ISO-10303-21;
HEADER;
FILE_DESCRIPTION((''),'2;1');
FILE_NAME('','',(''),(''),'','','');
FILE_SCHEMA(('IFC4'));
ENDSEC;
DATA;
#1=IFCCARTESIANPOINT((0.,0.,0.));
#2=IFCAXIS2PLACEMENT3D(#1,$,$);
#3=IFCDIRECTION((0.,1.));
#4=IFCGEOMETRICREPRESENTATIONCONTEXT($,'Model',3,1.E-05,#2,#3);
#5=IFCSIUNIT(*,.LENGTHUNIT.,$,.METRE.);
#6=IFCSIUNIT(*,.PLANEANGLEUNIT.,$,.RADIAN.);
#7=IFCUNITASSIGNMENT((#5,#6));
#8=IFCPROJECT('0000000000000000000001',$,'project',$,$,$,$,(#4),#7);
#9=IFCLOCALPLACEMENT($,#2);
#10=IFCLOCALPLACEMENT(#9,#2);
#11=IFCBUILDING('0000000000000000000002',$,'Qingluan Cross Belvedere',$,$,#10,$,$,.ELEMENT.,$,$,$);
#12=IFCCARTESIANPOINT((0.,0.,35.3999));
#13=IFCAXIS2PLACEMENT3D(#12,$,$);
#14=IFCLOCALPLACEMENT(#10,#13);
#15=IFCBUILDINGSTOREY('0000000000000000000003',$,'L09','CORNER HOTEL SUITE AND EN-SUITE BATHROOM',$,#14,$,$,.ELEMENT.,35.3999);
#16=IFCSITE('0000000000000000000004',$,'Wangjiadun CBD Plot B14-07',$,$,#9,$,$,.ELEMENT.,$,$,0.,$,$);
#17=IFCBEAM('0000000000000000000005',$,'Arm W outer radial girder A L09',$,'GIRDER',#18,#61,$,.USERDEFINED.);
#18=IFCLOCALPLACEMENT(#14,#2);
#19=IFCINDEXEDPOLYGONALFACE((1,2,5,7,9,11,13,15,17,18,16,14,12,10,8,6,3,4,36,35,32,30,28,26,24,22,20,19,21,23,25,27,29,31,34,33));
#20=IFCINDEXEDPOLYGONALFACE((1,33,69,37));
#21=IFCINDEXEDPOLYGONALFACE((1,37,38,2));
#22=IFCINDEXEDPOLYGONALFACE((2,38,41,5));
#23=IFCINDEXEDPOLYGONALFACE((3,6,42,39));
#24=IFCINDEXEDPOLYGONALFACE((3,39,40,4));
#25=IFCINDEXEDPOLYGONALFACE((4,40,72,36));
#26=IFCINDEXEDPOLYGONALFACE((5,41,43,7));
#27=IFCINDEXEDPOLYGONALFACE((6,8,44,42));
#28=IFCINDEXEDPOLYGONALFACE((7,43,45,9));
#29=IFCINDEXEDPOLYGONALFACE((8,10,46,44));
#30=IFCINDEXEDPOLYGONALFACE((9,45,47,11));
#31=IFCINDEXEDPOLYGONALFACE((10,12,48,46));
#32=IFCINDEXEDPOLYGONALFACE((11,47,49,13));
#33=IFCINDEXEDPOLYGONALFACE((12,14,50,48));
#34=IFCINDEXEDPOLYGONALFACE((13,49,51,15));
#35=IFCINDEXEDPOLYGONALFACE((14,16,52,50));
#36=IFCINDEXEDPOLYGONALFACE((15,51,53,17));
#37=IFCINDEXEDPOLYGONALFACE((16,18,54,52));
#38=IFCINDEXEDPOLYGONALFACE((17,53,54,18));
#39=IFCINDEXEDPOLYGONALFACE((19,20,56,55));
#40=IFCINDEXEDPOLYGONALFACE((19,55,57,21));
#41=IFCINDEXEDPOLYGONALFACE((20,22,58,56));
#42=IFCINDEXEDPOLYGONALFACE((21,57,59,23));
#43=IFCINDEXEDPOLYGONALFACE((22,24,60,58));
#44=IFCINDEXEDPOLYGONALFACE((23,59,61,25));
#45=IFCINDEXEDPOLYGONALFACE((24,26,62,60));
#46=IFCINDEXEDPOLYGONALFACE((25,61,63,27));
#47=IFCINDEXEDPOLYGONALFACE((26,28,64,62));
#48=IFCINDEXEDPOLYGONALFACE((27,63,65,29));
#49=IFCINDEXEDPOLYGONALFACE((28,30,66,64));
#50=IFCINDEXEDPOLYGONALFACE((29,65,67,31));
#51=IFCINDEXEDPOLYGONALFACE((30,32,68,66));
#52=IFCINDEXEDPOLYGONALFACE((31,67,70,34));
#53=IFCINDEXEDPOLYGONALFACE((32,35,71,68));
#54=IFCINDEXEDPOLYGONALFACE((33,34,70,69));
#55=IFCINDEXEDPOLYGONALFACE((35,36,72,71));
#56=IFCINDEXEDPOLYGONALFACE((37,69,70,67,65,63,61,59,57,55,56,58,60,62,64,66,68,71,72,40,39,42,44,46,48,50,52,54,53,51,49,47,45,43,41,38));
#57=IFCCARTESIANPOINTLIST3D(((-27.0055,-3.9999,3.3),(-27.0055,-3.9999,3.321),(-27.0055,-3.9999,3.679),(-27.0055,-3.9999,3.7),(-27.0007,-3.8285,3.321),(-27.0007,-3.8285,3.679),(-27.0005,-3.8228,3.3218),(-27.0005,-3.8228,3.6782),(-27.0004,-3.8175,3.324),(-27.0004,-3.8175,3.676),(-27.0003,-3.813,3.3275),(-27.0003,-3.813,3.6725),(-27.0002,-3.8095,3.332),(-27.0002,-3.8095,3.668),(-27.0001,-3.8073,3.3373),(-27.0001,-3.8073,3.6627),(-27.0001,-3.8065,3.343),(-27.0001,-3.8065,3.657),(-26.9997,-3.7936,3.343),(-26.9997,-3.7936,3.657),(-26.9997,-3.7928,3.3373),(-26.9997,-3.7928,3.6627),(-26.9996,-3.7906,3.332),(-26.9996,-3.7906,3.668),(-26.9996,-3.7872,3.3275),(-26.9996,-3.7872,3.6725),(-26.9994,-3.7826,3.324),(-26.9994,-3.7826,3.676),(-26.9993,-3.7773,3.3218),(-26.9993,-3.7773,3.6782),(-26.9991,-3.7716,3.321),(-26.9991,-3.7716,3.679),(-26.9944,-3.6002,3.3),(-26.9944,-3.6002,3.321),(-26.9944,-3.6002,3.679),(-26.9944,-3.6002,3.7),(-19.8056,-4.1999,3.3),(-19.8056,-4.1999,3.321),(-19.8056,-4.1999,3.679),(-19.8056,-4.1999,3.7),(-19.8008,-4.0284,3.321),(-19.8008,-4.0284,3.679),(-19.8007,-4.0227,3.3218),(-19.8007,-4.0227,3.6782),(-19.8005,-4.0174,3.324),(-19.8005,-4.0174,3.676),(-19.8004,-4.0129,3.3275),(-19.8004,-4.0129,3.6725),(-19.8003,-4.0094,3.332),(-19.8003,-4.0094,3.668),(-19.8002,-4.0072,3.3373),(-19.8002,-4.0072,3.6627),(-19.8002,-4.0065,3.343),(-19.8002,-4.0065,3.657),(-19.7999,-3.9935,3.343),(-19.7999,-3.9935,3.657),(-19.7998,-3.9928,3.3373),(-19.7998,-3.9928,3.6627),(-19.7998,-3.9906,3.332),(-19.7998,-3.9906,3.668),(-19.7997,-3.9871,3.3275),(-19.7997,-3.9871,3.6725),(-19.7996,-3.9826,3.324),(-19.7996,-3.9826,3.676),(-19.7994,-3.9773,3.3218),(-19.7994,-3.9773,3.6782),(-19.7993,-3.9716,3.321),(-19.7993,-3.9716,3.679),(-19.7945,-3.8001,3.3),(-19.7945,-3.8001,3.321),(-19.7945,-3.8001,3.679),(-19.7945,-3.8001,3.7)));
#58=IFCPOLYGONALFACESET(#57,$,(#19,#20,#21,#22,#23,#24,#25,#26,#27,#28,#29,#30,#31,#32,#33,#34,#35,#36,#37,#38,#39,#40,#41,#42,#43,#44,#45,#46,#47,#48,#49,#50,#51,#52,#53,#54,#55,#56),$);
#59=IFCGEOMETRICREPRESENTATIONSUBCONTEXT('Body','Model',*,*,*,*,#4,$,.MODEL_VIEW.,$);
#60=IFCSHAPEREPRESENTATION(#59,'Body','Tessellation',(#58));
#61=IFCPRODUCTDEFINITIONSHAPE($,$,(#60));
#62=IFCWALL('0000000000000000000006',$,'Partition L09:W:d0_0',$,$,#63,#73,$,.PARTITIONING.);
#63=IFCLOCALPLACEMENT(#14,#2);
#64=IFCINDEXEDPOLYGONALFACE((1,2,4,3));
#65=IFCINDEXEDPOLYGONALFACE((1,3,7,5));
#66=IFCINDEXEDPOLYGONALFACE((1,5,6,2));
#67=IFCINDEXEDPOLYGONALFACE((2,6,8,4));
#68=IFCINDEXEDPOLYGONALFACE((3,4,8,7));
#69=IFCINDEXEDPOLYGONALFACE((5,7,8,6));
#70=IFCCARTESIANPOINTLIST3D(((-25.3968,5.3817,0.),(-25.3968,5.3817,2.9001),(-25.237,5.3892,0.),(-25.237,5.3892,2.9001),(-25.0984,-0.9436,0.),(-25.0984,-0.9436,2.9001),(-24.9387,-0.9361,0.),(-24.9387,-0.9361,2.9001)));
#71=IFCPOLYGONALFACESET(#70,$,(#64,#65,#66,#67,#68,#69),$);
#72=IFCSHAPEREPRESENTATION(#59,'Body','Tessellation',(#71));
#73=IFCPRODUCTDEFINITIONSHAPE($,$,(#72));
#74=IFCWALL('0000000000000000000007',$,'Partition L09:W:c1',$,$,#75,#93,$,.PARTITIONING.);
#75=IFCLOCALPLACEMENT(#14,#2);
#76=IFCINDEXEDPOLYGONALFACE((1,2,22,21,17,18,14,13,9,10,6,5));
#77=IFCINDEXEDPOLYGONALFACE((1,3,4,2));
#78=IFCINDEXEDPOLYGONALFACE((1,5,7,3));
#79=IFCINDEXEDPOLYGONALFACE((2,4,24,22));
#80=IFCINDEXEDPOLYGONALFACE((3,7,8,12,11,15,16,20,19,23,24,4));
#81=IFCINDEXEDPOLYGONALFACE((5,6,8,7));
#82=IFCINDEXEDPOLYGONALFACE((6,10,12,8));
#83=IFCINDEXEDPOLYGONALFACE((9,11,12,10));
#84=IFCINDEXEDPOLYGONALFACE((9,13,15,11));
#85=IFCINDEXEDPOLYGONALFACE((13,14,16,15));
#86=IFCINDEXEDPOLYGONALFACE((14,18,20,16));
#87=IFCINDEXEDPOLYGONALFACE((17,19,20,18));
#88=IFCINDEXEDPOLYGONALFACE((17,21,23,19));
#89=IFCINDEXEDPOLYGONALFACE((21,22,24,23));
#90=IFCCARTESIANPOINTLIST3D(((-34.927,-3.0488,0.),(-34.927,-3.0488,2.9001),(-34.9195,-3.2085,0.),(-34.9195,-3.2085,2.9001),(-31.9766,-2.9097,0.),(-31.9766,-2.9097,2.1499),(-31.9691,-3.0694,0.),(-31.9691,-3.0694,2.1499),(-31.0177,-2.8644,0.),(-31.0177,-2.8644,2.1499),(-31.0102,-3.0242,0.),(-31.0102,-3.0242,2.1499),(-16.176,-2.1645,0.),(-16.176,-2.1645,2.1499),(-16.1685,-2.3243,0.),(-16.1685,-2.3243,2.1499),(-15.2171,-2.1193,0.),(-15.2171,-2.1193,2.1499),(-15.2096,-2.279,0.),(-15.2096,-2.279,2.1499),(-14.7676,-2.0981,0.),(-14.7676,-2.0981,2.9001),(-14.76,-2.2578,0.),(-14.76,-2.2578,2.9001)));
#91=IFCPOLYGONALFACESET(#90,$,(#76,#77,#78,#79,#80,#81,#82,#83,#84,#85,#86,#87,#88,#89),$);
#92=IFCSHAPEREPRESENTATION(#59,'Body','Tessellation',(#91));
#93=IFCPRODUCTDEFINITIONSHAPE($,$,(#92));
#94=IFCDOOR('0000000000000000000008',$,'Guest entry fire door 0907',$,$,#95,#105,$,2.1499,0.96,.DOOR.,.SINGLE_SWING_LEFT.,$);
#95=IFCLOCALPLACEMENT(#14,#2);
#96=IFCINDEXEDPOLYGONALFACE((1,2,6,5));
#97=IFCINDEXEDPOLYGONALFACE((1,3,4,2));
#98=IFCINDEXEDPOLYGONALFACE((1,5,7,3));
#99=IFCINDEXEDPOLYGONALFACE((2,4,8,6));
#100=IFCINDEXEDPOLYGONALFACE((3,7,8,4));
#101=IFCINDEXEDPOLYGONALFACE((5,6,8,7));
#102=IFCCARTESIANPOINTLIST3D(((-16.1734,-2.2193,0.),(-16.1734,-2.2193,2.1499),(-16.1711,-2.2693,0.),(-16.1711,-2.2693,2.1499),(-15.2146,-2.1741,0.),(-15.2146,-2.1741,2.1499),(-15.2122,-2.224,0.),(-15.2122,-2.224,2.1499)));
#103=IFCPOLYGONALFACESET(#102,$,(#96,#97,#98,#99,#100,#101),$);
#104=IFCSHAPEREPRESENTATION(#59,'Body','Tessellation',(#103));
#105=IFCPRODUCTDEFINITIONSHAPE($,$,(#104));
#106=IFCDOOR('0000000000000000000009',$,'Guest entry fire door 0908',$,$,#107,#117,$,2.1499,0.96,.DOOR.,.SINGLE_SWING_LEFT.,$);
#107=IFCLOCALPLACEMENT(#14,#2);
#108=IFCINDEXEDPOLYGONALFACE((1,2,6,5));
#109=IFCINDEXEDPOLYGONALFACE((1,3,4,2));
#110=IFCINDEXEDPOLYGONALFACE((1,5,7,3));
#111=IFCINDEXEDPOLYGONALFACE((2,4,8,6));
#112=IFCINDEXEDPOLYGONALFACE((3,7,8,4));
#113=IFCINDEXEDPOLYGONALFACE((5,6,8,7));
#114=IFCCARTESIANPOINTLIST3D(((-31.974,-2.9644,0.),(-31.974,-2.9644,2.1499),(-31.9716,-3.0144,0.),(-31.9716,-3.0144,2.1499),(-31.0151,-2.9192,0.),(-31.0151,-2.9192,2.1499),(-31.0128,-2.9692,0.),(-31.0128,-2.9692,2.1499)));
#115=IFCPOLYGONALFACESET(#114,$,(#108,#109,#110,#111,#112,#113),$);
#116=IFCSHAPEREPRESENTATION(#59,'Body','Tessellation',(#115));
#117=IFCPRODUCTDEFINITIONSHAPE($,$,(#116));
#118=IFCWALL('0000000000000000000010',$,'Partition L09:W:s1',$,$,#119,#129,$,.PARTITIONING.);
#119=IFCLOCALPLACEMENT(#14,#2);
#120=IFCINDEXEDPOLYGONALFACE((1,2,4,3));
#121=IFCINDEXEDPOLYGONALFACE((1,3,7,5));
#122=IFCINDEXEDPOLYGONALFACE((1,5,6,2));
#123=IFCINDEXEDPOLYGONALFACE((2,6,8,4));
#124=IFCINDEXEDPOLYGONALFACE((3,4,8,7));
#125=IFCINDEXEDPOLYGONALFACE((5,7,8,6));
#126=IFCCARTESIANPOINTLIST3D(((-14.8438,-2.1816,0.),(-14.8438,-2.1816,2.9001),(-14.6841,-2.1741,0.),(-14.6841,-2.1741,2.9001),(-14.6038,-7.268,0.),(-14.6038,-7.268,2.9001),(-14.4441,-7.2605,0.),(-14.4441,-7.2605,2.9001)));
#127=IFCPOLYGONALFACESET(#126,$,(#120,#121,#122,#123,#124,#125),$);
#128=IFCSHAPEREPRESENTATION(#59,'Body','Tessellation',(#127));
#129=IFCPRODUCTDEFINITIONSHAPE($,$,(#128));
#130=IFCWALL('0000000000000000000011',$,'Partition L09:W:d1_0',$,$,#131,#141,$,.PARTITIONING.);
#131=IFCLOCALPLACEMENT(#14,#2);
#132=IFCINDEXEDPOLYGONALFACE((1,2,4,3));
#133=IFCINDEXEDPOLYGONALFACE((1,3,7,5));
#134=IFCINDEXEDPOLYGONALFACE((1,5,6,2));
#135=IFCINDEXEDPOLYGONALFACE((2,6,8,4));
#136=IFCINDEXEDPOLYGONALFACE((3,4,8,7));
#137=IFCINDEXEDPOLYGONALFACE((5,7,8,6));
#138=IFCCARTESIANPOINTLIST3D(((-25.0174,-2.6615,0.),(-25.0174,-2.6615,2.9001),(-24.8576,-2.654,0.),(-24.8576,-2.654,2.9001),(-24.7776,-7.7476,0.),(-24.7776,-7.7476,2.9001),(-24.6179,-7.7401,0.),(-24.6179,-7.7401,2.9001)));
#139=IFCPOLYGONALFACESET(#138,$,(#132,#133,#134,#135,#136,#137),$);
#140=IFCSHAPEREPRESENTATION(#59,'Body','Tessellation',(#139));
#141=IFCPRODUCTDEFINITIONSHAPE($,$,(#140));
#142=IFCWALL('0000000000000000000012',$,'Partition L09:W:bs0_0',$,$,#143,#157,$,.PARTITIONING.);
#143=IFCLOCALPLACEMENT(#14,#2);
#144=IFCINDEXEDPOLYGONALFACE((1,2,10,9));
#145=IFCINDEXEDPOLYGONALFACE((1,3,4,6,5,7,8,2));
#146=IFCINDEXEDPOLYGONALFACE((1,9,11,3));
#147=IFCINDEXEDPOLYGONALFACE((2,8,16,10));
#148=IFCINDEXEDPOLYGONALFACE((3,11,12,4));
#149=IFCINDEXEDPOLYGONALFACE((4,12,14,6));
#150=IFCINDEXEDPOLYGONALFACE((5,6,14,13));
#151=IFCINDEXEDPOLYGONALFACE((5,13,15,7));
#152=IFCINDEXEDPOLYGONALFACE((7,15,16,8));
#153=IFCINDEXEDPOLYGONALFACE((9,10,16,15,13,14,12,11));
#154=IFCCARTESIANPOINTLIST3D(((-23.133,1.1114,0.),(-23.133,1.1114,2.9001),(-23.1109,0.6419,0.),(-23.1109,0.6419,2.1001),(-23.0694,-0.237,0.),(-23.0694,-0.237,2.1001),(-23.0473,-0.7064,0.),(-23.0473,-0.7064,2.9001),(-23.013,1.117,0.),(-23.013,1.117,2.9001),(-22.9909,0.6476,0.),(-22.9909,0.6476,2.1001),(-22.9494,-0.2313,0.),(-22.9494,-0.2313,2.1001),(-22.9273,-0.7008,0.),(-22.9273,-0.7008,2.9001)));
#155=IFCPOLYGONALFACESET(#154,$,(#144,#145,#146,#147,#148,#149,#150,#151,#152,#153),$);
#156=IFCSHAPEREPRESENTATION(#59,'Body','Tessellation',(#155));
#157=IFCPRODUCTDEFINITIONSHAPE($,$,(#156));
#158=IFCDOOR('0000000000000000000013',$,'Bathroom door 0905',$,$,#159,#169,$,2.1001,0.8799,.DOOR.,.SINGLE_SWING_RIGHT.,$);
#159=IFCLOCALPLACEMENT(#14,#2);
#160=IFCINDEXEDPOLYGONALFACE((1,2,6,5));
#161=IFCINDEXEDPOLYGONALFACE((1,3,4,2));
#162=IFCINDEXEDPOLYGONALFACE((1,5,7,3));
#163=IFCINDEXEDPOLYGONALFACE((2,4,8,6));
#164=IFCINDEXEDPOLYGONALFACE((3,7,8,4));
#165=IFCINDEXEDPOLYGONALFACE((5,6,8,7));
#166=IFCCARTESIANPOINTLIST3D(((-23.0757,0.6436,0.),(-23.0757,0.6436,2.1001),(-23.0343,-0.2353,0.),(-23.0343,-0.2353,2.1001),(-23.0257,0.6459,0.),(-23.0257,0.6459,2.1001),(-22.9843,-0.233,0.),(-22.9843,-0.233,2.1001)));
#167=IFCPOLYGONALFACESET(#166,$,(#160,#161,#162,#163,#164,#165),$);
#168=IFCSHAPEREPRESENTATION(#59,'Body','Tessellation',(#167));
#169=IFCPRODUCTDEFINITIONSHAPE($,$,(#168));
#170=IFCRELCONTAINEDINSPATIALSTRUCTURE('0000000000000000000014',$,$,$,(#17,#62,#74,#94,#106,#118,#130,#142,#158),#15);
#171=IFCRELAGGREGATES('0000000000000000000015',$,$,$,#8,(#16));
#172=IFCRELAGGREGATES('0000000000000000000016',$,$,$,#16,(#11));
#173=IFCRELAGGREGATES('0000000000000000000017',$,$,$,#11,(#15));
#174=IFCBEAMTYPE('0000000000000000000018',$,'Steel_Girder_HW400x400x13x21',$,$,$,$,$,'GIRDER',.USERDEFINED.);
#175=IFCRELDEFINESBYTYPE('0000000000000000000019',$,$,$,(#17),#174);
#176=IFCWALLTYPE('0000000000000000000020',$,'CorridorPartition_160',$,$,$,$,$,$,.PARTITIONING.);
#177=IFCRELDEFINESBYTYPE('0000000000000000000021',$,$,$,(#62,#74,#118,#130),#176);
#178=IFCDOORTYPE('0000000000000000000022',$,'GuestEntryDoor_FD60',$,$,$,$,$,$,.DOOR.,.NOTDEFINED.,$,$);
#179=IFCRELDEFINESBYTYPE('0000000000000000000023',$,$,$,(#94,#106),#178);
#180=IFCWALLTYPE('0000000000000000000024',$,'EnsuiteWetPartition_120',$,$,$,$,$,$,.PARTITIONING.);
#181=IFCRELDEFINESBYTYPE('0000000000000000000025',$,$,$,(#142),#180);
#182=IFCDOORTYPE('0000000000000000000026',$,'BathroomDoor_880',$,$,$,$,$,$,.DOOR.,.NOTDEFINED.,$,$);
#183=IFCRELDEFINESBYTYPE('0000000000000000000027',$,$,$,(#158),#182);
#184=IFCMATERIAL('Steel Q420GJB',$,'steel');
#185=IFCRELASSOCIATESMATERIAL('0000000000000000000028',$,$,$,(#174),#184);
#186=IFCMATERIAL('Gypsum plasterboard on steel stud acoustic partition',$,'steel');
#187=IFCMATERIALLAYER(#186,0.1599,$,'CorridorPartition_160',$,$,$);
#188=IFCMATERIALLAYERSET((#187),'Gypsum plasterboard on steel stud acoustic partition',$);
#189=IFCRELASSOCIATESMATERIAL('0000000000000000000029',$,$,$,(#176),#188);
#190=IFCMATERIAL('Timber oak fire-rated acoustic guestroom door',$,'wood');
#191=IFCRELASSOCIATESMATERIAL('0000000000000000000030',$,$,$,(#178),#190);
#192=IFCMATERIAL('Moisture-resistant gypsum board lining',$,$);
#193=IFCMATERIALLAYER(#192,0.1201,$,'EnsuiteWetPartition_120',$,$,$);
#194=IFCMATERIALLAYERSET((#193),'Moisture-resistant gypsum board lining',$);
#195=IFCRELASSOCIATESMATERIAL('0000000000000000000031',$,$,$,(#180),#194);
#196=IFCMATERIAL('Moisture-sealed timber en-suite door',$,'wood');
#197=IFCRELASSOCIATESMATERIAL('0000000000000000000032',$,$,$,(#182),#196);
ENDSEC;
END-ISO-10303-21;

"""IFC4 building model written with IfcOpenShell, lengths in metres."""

from ifc_helpers import new_model, si_unit, direction, frame, frame_2d, origin, origin_2d, place, context, subcontext, project, spatial, rectangle, i_section, extrude, material, layer, layer_set, material_profile, profile_set, type_object, element, fill, save


model = new_model("IFC4")

# Units and contexts
model_context = context("Model", 3, precision=1e-05, world=origin(), true_north=direction((0.0, 1.0)))
body_context = subcontext(model_context, "Body", "Model", "MODEL_VIEW")
ifc_project = project(units=[si_unit("LENGTHUNIT", "METRE"), si_unit("PLANEANGLEUNIT", "RADIAN")], contexts=[model_context])

# Site, building, storey
site_placement = place(None, origin())
site = spatial("IfcSite", under=ifc_project, at=site_placement, Name="Wangjiadun CBD Plot B14-07", CompositionType="ELEMENT", RefElevation=0.0)
building_placement = place(site_placement, origin())
building = spatial("IfcBuilding", under=site, at=building_placement, Name="Qingluan Cross Belvedere", CompositionType="ELEMENT")
storey_placement = place(building_placement, frame((0.0, 0.0, 35.3999)))
storey = spatial("IfcBuildingStorey", under=building, at=storey_placement, Name="L09", Description="CORNER HOTEL SUITE AND EN-SUITE BATHROOM", CompositionType="ELEMENT", Elevation=35.3999)

# Beam
ifc_material_1 = material(Name="Steel Q420GJB", Category="steel")
ifc_material_profile_1 = material_profile(ifc_material_1, i_section(OverallWidth=0.3999, OverallDepth=0.3999, WebThickness=0.0129, FlangeThickness=0.021, FilletRadius=0.022, at=origin_2d()), Name="HW400x400x13x21")
ifc_profile_set_1 = profile_set([ifc_material_profile_1], Name="Steel Q420GJB")
beam_type_1 = type_object("IfcBeamType", Name="Steel_Girder_HW400x400x13x21", ElementType="GIRDER", PredefinedType="USERDEFINED", material=ifc_profile_set_1)
beam_1_placement = place(storey_placement, frame((-19.8, -4.0, 3.5), z_axis=(-0.999615, 0.02776, 0.0), x_axis=(-0.02776, -0.999615, 0.0)))
element("IfcBeam", 1, at=beam_1_placement, inside=storey, type_object=beam_type_1, Name="Arm W outer radial girder A L09", ObjectType="GIRDER", PredefinedType="USERDEFINED", context=body_context, shape_type="SweptSolid", body=[
    extrude(i_section(OverallWidth=0.3999, OverallDepth=0.3999, WebThickness=0.0129, FlangeThickness=0.021, FilletRadius=0.022, at=origin_2d()), origin(), (0.0, 0.0, 1.0), 7.2026),
])

# Wall
ifc_material_2 = material(Name="Gypsum plasterboard on steel stud acoustic partition", Category="steel")
ifc_layer_1 = layer(ifc_material_2, 0.1599, Name="CorridorPartition_160")
ifc_layer_set_1 = layer_set([ifc_layer_1], Name="Gypsum plasterboard on steel stud acoustic partition")
wall_type_1 = type_object("IfcWallType", Name="CorridorPartition_160", PredefinedType="PARTITIONING", material=ifc_layer_set_1)
wall_1_placement = place(storey_placement, frame((-25.0186, -0.9397, 0.0), z_axis=(0.0, 0.0, 1.0), x_axis=(-0.047115, 0.998889, 0.0)))
element("IfcWall", 2, at=wall_1_placement, inside=storey, type_object=wall_type_1, Name="Partition L09:W:d0_0", PredefinedType="PARTITIONING", context=body_context, shape_type="SweptSolid", body=[
    extrude(rectangle(XDim=6.3323, YDim=0.1599, at=frame_2d((3.166, 0.0))), origin(), (0.0, 0.0, 1.0), 2.9001),
])

# Wall, openings, doors
wall_2_placement = place(storey_placement, frame((-14.7639, -2.178, 0.0), z_axis=(0.0, 0.0, 1.0), x_axis=(-0.99889, -0.047106, 0.0)))
wall_2 = element("IfcWall", 3, at=wall_2_placement, inside=storey, type_object=wall_type_1, Name="Partition L09:W:c1", PredefinedType="PARTITIONING", context=body_context, shape_type="SweptSolid", body=[
    extrude(rectangle(XDim=20.1819, YDim=0.1599, at=frame_2d((10.0908, 0.0))), origin(), (0.0, 0.0, 1.0), 2.9001),
])
opening_1_placement = place(wall_2_placement, frame((0.45, 0.0, 0.0)))
opening_1 = element("IfcOpeningElement", 4, at=opening_1_placement, cuts=wall_2, PredefinedType="OPENING", context=body_context, shape_type="SweptSolid", body=[
    extrude(rectangle(XDim=0.96, YDim=2.1499, at=frame_2d((0.48, 1.075))), frame((0.0, 0.0898, 0.0), z_axis=(0.0, -1.0, 0.0), x_axis=(1.0, 0.0, 0.0)), (0.0, 0.0, 1.0), 0.1799),
])
opening_2_placement = place(wall_2_placement, frame((16.2681, 0.0, 0.0)))
opening_2 = element("IfcOpeningElement", 5, at=opening_2_placement, cuts=wall_2, PredefinedType="OPENING", context=body_context, shape_type="SweptSolid", body=[
    extrude(rectangle(XDim=0.96, YDim=2.1499, at=frame_2d((0.48, 1.075))), frame((0.0, 0.0898, 0.0), z_axis=(0.0, -1.0, 0.0), x_axis=(1.0, 0.0, 0.0)), (0.0, 0.0, 1.0), 0.1799),
])
ifc_material_3 = material(Name="Timber oak fire-rated acoustic guestroom door", Category="wood")
door_type_1 = type_object("IfcDoorType", Name="GuestEntryDoor_FD60", OperationType="NOTDEFINED", PredefinedType="DOOR", material=ifc_material_3)
door_1_placement = place(opening_1_placement, origin())
door_1 = element("IfcDoor", 6, at=door_1_placement, inside=storey, type_object=door_type_1, Name="Guest entry fire door 0907", OperationType="SINGLE_SWING_LEFT", OverallHeight=2.1499, OverallWidth=0.96, PredefinedType="DOOR", context=body_context, shape_type="SweptSolid", body=[
    extrude(rectangle(XDim=0.96, YDim=2.1499, at=frame_2d((0.48, 1.075))), frame((0.0, 0.0249, 0.0), z_axis=(0.0, -1.0, 0.0), x_axis=(1.0, 0.0, 0.0)), (0.0, 0.0, 1.0), 0.05),
])
fill(opening_1, door_1)
door_2_placement = place(opening_2_placement, origin())
door_2 = element("IfcDoor", 7, at=door_2_placement, inside=storey, type_object=door_type_1, Name="Guest entry fire door 0908", OperationType="SINGLE_SWING_LEFT", OverallHeight=2.1499, OverallWidth=0.96, PredefinedType="DOOR", context=body_context, shape_type="SweptSolid", body=[
    extrude(rectangle(XDim=0.96, YDim=2.1499, at=frame_2d((0.48, 1.075))), frame((0.0, 0.0249, 0.0), z_axis=(0.0, -1.0, 0.0), x_axis=(1.0, 0.0, 0.0)), (0.0, 0.0, 1.0), 0.05),
])
fill(opening_2, door_2)

# Walls
wall_3_placement = place(storey_placement, frame((-14.7639, -2.178, 0.0), z_axis=(0.0, 0.0, 1.0), x_axis=(0.04713, -0.998889, 0.0)))
element("IfcWall", 8, at=wall_3_placement, inside=storey, type_object=wall_type_1, Name="Partition L09:W:s1", PredefinedType="PARTITIONING", context=body_context, shape_type="SweptSolid", body=[
    extrude(rectangle(XDim=5.092, YDim=0.1599, at=frame_2d((2.5459, 0.0))), origin(), (0.0, 0.0, 1.0), 2.9001),
])
wall_4_placement = place(storey_placement, frame((-24.9375, -2.6577, 0.0), z_axis=(0.0, 0.0, 1.0), x_axis=(0.047084, -0.998891, 0.0)))
element("IfcWall", 9, at=wall_4_placement, inside=storey, type_object=wall_type_1, Name="Partition L09:W:d1_0", PredefinedType="PARTITIONING", context=body_context, shape_type="SweptSolid", body=[
    extrude(rectangle(XDim=5.0918, YDim=0.1599, at=frame_2d((2.5459, 0.0))), origin(), (0.0, 0.0, 1.0), 2.9001),
])

# Wall, opening, door
ifc_material_4 = material(Name="Moisture-resistant gypsum board lining")
ifc_layer_2 = layer(ifc_material_4, 0.1201, Name="EnsuiteWetPartition_120")
ifc_layer_set_2 = layer_set([ifc_layer_2], Name="Moisture-resistant gypsum board lining")
wall_type_2 = type_object("IfcWallType", Name="EnsuiteWetPartition_120", PredefinedType="PARTITIONING", material=ifc_layer_set_2)
wall_5_placement = place(storey_placement, frame((-22.9873, -0.7036, 0.0), z_axis=(0.0, 0.0, 1.0), x_axis=(-0.047087, 0.998891, 0.0)))
wall_5 = element("IfcWall", 10, at=wall_5_placement, inside=storey, type_object=wall_type_2, Name="Partition L09:W:bs0_0", PredefinedType="PARTITIONING", context=body_context, shape_type="SweptSolid", body=[
    extrude(rectangle(XDim=1.8198, YDim=0.1201, at=frame_2d((0.9099, 0.0))), origin(), (0.0, 0.0, 1.0), 2.9001),
])
opening_3_placement = place(wall_5_placement, frame((0.47, 0.0, 0.0)))
opening_3 = element("IfcOpeningElement", 11, at=opening_3_placement, cuts=wall_5, PredefinedType="OPENING", context=body_context, shape_type="SweptSolid", body=[
    extrude(rectangle(XDim=0.8799, YDim=2.1001, at=frame_2d((0.4399, 1.05))), frame((0.0, 0.0701, 0.0), z_axis=(0.0, -1.0, 0.0), x_axis=(1.0, 0.0, 0.0)), (0.0, 0.0, 1.0), 0.1401),
])
ifc_material_5 = material(Name="Moisture-sealed timber en-suite door", Category="wood")
door_type_2 = type_object("IfcDoorType", Name="BathroomDoor_880", OperationType="NOTDEFINED", PredefinedType="DOOR", material=ifc_material_5)
door_3_placement = place(opening_3_placement, origin())
door_3 = element("IfcDoor", 12, at=door_3_placement, inside=storey, type_object=door_type_2, Name="Bathroom door 0905", OperationType="SINGLE_SWING_RIGHT", OverallHeight=2.1001, OverallWidth=0.8799, PredefinedType="DOOR", context=body_context, shape_type="SweptSolid", body=[
    extrude(rectangle(XDim=0.8799, YDim=2.1001, at=frame_2d((0.4399, 1.05))), frame((0.0, 0.0249, 0.0), z_axis=(0.0, -1.0, 0.0), x_axis=(1.0, 0.0, 0.0)), (0.0, 0.0, 1.0), 0.05),
])
fill(opening_3, door_3)

save(model, "model.ifc")
